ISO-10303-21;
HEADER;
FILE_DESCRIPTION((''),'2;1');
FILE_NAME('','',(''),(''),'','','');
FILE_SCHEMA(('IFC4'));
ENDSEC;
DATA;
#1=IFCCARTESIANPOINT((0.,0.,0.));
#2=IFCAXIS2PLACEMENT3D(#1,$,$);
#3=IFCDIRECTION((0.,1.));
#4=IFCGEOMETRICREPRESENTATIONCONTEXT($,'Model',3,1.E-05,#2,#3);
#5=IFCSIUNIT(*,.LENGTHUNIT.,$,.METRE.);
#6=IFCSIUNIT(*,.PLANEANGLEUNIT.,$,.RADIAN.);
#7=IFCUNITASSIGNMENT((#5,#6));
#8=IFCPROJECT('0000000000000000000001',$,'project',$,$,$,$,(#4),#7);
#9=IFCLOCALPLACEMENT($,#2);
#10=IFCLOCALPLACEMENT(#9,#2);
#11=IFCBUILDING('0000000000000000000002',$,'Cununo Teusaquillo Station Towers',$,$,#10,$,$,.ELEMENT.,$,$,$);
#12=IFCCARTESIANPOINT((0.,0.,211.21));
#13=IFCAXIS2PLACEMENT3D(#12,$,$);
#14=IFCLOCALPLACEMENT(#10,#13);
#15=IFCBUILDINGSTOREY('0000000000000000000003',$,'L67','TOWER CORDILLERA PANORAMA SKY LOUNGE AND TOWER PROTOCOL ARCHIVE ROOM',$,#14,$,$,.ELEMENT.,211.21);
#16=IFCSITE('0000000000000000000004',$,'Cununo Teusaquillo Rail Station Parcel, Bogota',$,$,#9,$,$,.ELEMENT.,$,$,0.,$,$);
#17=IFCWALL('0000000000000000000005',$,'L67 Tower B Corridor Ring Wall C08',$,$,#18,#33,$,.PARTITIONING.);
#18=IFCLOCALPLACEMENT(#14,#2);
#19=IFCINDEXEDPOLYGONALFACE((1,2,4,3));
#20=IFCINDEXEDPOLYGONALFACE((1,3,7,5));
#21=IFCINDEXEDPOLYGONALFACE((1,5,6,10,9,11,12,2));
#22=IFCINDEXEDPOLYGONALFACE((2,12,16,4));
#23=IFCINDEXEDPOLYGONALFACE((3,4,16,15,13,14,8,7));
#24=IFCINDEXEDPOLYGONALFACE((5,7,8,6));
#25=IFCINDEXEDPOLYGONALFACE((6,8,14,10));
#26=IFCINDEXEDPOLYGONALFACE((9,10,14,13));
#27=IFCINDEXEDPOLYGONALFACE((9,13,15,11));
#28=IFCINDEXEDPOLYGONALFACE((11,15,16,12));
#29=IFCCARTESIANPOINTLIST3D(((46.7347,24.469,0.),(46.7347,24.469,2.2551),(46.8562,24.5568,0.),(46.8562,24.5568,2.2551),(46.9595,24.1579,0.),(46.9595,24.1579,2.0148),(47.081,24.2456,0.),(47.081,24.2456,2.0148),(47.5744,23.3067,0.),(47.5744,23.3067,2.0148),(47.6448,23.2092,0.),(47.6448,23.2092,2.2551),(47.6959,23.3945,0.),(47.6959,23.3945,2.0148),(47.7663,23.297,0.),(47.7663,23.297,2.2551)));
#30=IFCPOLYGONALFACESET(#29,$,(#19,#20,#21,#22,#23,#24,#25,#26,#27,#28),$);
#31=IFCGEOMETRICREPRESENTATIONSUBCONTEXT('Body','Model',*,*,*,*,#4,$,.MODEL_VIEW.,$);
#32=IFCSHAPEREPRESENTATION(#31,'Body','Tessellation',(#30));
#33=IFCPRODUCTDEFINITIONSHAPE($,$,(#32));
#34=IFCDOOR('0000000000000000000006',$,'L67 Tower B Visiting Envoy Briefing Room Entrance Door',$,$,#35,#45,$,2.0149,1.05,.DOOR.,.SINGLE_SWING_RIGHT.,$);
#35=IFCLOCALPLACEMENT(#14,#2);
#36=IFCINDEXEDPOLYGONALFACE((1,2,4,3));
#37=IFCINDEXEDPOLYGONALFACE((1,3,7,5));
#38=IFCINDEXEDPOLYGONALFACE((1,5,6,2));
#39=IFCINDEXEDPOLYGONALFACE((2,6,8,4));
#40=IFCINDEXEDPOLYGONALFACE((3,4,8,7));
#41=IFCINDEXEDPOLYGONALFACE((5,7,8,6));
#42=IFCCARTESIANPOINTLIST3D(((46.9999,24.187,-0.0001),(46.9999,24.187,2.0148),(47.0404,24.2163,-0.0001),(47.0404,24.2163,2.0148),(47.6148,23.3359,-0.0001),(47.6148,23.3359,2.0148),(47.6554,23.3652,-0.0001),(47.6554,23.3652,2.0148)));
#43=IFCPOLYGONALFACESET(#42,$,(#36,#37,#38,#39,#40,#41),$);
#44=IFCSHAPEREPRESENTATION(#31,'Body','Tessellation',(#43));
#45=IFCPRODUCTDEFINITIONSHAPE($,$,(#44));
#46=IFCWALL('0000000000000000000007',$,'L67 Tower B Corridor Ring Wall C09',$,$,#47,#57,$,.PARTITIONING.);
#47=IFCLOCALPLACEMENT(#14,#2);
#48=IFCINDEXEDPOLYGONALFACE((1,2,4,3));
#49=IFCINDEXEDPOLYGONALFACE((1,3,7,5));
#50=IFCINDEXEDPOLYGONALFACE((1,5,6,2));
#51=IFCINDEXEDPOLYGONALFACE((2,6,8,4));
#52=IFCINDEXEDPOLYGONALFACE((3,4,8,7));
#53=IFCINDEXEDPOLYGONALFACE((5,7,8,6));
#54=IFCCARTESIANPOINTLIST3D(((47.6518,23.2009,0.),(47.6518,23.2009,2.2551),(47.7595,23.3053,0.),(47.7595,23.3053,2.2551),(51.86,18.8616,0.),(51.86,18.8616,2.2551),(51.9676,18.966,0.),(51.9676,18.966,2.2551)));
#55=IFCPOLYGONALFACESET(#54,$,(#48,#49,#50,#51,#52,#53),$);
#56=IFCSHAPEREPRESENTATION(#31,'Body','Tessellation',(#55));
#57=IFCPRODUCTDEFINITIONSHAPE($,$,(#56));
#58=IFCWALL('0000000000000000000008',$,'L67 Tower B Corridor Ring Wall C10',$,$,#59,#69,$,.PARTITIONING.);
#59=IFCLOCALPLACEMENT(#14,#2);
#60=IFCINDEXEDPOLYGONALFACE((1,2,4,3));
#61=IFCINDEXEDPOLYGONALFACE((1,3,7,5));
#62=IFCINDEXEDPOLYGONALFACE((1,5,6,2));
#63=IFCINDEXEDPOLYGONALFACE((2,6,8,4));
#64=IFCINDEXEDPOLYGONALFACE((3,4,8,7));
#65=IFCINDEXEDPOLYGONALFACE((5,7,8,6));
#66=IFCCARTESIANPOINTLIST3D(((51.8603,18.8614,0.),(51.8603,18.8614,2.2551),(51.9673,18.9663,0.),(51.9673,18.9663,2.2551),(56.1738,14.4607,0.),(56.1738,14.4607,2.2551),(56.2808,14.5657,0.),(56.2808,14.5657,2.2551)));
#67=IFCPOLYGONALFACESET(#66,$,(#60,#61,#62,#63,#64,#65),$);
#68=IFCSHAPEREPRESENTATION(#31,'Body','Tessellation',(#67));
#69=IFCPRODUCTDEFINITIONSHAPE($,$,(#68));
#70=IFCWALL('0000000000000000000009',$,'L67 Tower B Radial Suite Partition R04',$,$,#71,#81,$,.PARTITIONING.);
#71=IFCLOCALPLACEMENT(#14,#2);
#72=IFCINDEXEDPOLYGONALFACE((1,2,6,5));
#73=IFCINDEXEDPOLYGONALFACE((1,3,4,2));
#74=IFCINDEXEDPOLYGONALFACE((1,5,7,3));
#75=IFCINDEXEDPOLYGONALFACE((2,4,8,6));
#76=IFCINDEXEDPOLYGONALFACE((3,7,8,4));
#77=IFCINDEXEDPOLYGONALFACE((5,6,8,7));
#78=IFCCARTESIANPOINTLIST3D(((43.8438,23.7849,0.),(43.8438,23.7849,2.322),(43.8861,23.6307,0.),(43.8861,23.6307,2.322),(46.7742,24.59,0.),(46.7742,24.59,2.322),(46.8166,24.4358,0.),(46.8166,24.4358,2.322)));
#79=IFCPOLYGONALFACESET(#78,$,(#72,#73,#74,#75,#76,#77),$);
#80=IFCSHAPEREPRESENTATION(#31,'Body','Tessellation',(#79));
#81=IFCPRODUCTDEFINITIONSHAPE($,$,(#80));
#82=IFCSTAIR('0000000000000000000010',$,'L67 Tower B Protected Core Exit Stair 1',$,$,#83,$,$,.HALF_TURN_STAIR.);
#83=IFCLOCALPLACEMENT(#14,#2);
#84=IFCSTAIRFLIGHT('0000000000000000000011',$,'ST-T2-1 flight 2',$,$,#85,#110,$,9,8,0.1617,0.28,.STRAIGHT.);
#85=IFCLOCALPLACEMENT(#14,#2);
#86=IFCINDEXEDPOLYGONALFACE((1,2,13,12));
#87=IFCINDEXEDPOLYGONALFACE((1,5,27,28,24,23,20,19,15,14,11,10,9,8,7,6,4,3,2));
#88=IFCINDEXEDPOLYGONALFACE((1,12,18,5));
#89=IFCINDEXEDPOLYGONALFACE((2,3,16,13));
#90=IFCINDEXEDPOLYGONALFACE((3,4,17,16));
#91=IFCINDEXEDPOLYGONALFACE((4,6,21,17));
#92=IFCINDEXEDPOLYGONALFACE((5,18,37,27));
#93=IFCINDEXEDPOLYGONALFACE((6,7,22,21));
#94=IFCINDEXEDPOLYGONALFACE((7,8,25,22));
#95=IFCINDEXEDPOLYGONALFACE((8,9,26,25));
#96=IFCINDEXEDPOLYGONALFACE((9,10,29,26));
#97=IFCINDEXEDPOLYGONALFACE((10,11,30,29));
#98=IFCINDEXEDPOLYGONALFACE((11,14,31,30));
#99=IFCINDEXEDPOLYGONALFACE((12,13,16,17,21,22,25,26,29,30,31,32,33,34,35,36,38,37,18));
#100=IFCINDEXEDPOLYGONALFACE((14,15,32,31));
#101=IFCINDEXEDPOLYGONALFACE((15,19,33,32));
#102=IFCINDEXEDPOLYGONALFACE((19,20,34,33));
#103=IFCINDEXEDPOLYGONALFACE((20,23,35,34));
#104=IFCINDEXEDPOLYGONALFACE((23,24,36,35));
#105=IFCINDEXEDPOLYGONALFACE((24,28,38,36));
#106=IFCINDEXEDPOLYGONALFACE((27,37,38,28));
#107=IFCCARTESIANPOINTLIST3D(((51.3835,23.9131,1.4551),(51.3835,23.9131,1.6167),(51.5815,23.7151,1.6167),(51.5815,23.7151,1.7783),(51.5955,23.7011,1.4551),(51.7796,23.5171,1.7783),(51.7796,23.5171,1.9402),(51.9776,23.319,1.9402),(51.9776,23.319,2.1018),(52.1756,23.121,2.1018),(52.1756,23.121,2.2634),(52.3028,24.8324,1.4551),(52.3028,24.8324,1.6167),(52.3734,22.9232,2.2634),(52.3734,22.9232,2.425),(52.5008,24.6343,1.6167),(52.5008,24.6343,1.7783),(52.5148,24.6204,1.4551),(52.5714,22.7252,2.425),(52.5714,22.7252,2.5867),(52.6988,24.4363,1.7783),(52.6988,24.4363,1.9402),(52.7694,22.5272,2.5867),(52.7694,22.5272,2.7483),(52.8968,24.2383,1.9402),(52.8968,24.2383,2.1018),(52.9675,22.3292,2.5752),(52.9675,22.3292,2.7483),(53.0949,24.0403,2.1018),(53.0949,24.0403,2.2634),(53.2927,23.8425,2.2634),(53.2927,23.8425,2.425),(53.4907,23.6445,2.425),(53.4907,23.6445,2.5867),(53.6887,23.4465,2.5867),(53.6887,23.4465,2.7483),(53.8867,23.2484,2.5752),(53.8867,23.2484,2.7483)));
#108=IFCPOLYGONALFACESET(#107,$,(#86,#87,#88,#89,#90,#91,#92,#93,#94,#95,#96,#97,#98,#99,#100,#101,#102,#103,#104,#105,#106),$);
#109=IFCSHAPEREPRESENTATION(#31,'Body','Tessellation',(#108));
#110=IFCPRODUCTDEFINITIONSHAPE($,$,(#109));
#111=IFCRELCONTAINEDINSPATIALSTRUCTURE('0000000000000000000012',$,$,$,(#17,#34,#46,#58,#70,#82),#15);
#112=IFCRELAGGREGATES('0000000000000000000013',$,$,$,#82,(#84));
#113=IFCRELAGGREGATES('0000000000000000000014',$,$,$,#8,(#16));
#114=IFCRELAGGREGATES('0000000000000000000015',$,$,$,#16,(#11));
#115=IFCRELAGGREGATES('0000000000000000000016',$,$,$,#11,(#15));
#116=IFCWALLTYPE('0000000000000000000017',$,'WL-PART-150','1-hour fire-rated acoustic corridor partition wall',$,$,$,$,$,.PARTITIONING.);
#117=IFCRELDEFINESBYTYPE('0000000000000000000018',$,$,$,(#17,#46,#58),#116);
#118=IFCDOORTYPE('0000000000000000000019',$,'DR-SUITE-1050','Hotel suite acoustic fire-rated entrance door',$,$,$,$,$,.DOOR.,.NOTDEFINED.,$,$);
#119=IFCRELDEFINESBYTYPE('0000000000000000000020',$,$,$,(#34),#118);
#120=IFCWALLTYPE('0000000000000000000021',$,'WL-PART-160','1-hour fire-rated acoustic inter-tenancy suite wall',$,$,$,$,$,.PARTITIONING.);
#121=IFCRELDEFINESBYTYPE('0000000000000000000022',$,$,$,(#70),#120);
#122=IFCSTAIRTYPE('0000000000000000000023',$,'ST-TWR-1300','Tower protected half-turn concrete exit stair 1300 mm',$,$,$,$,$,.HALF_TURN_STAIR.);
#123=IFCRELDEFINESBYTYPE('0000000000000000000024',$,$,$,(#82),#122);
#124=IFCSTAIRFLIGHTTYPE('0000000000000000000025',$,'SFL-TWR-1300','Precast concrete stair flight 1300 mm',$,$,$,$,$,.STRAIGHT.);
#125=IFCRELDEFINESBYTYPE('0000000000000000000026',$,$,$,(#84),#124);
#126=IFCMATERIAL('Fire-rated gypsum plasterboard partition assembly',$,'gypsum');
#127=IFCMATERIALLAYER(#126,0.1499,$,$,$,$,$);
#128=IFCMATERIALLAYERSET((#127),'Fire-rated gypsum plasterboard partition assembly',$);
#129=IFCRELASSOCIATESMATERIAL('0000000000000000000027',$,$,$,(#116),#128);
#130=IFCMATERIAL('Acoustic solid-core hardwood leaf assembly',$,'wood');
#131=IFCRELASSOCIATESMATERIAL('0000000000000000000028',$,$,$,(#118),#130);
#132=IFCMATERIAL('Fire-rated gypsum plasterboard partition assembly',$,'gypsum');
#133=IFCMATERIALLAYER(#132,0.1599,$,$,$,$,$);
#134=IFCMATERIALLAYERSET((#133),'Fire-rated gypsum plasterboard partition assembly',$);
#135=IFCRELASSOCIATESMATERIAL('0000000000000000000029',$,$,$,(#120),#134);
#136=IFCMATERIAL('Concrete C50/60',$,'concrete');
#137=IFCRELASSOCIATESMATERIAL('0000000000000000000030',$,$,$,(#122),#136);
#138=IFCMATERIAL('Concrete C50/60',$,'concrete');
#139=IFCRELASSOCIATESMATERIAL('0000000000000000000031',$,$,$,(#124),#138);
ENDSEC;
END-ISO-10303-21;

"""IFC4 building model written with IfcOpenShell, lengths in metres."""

from ifc_helpers import new_model, si_unit, direction, frame, frame_2d, origin, place, context, subcontext, project, spatial, polyline, rectangle, outline, extrude, source, transform, mapped, material, layer, layer_set, type_object, element, fill, aggregate, save


model = new_model("IFC4")

# Units and contexts
model_context = context("Model", 3, precision=1e-05, world=origin(), true_north=direction((0.0, 1.0)))
body_context = subcontext(model_context, "Body", "Model", "MODEL_VIEW")
ifc_project = project(units=[si_unit("LENGTHUNIT", "METRE"), si_unit("PLANEANGLEUNIT", "RADIAN")], contexts=[model_context])

# Site, building, storey
site_placement = place(None, origin())
site = spatial("IfcSite", under=ifc_project, at=site_placement, Name="Cununo Teusaquillo Rail Station Parcel, Bogota", CompositionType="ELEMENT", RefElevation=0.0)
building_placement = place(site_placement, origin())
building = spatial("IfcBuilding", under=site, at=building_placement, Name="Cununo Teusaquillo Station Towers", CompositionType="ELEMENT")
storey_placement = place(building_placement, frame((0.0, 0.0, 211.21)))
storey = spatial("IfcBuildingStorey", under=building, at=storey_placement, Name="L67", Description="TOWER CORDILLERA PANORAMA SKY LOUNGE AND TOWER PROTOCOL ARCHIVE ROOM", CompositionType="ELEMENT", Elevation=211.21)

# Wall, opening, door
ifc_material_1 = material(Name="Fire-rated gypsum plasterboard partition assembly", Category="gypsum")
ifc_layer_1 = layer(ifc_material_1, 0.1499)
ifc_layer_set_1 = layer_set([ifc_layer_1], Name="Fire-rated gypsum plasterboard partition assembly")
wall_type_1 = type_object("IfcWallType", Name="WL-PART-150", Description="1-hour fire-rated acoustic corridor partition wall", PredefinedType="PARTITIONING", material=ifc_layer_set_1)
wall_1_placement = place(storey_placement, frame((46.7954, 24.5129, 0.0), z_axis=(0.0, 0.0, 1.0), x_axis=(0.585628, -0.81058, 0.0)))
wall_1 = element("IfcWall", 1, at=wall_1_placement, inside=storey, type_object=wall_type_1, Name="L67 Tower B Corridor Ring Wall C08", PredefinedType="PARTITIONING", context=body_context, shape_type="SweptSolid", body=[
    extrude(rectangle(XDim=1.5542, YDim=0.1499, at=frame_2d((0.7771, 0.0))), origin(), (0.0, 0.0, 1.0), 2.2551),
])
shared_shape_1 = source(origin(), body_context, "Body", "SweptSolid", [
    extrude(rectangle(XDim=1.05, YDim=2.0149, at=frame_2d((0.5249, 1.0073))), frame((0.0, 0.085, 0.0), z_axis=(0.0, -1.0, 0.0), x_axis=(1.0, 0.0, 0.0)), (0.0, 0.0, 1.0), 0.1699),
])
opening_1_placement = place(wall_1_placement, frame((0.384, 0.0, 0.0)))
opening_1 = element("IfcOpeningElement", 2, at=opening_1_placement, cuts=wall_1, PredefinedType="OPENING", context=body_context, shape_type="MappedRepresentation", body=[
    mapped(shared_shape_1, transform((0.0, 0.0, 0.0), x_axis=(1.0, 0.0, 0.0), y_axis=(0.0, 1.0, 0.0), z_axis=(0.0, 0.0, 1.0), scale=1.0)),
])
ifc_material_2 = material(Name="Acoustic solid-core hardwood leaf assembly", Category="wood")
door_type_1 = type_object("IfcDoorType", Name="DR-SUITE-1050", Description="Hotel suite acoustic fire-rated entrance door", OperationType="NOTDEFINED", PredefinedType="DOOR", material=ifc_material_2)
shared_shape_2 = source(origin(), body_context, "Body", "SweptSolid", [
    extrude(rectangle(XDim=1.05, YDim=2.0149, at=frame_2d((0.5249, 1.0073))), frame((0.0, 0.0249, 0.0), z_axis=(0.0, -1.0, 0.0), x_axis=(1.0, 0.0, 0.0)), (0.0, 0.0, 1.0), 0.05),
])
door_1_placement = place(opening_1_placement, origin())
door_1 = element("IfcDoor", 3, at=door_1_placement, inside=storey, type_object=door_type_1, Name="L67 Tower B Visiting Envoy Briefing Room Entrance Door", OperationType="SINGLE_SWING_RIGHT", OverallHeight=2.0149, OverallWidth=1.05, PredefinedType="DOOR", context=body_context, shape_type="MappedRepresentation", body=[
    mapped(shared_shape_2, transform((0.0, 0.0, 0.0), x_axis=(1.0, 0.0, 0.0), y_axis=(0.0, 1.0, 0.0), z_axis=(0.0, 0.0, 1.0), scale=1.0)),
])
fill(opening_1, door_1)

# Walls
wall_2_placement = place(storey_placement, frame((47.7056, 23.2532, 0.0), z_axis=(0.0, 0.0, 1.0), x_axis=(0.696179, -0.717868, 0.0)))
element("IfcWall", 4, at=wall_2_placement, inside=storey, type_object=wall_type_1, Name="L67 Tower B Corridor Ring Wall C09", PredefinedType="PARTITIONING", context=body_context, shape_type="SweptSolid", body=[
    extrude(rectangle(XDim=6.0447, YDim=0.1499, at=frame_2d((3.0225, 0.0))), origin(), (0.0, 0.0, 1.0), 2.2551),
])
wall_3_placement = place(storey_placement, frame((51.9138, 18.9138, 0.0), z_axis=(0.0, 0.0, 1.0), x_axis=(0.699999, -0.714144, 0.0)))
element("IfcWall", 5, at=wall_3_placement, inside=storey, type_object=wall_type_1, Name="L67 Tower B Corridor Ring Wall C10", PredefinedType="PARTITIONING", context=body_context, shape_type="SweptSolid", body=[
    extrude(rectangle(XDim=6.1621, YDim=0.1499, at=frame_2d((3.0811, 0.0))), origin(), (0.0, 0.0, 1.0), 2.2551),
])
ifc_material_3 = material(Name="Fire-rated gypsum plasterboard partition assembly", Category="gypsum")
ifc_layer_2 = layer(ifc_material_3, 0.1599)
ifc_layer_set_2 = layer_set([ifc_layer_2], Name="Fire-rated gypsum plasterboard partition assembly")
wall_type_2 = type_object("IfcWallType", Name="WL-PART-160", Description="1-hour fire-rated acoustic inter-tenancy suite wall", PredefinedType="PARTITIONING", material=ifc_layer_set_2)
wall_4_placement = place(storey_placement, frame((46.7954, 24.5129, 0.0), z_axis=(0.0, 0.0, 1.0), x_axis=(-0.964263, -0.264945, 0.0)))
element("IfcWall", 6, at=wall_4_placement, inside=storey, type_object=wall_type_2, Name="L67 Tower B Radial Suite Partition R04", PredefinedType="PARTITIONING", context=body_context, shape_type="SweptSolid", body=[
    extrude(rectangle(XDim=3.0391, YDim=0.1599, at=frame_2d((1.5195, 0.0))), origin(), (0.0, 0.0, 1.0), 2.322),
])

# Stair, stair flight
ifc_material_4 = material(Name="Concrete C50/60", Category="concrete")
stair_type = type_object("IfcStairType", Name="ST-TWR-1300", Description="Tower protected half-turn concrete exit stair 1300 mm", PredefinedType="HALF_TURN_STAIR", material=ifc_material_4)
stair_placement = place(storey_placement, origin())
stair = element("IfcStair", 7, at=stair_placement, inside=storey, type_object=stair_type, Name="L67 Tower B Protected Core Exit Stair 1", PredefinedType="HALF_TURN_STAIR")
ifc_material_5 = material(Name="Concrete C50/60", Category="concrete")
stair_flight_type = type_object("IfcStairFlightType", Name="SFL-TWR-1300", Description="Precast concrete stair flight 1300 mm", PredefinedType="STRAIGHT", material=ifc_material_5)
stair_flight_placement = place(storey_placement, frame((51.8433, 24.3728, 1.4551), z_axis=(0.0, 0.0, 1.0), x_axis=(0.707107, -0.707107, 0.0)))
stair_flight = element("IfcStairFlight", 8, at=stair_flight_placement, type_object=stair_flight_type, Name="ST-T2-1 flight 2", NumberOfRisers=9, NumberOfTreads=8, PredefinedType="STRAIGHT", RiserHeight=0.1617, TreadLength=0.28, context=body_context, shape_type="SweptSolid", body=[
    extrude(outline(polyline([(0.0, 0.0), (0.0, 0.1616), (0.28, 0.1616), (0.28, 0.3232), (0.5601, 0.3232), (0.5601, 0.4851), (0.8401, 0.4851), (0.8401, 0.6467), (1.1201, 0.6467), (1.1201, 0.8083), (1.3999, 0.8083), (1.3999, 0.97), (1.6799, 0.97), (1.6799, 1.1316), (1.96, 1.1316), (1.96, 1.2932), (2.24, 1.2932), (2.24, 1.4551), (2.24, 1.1201), (0.2998, 0.0), (0.0, 0.0)])), frame((0.0, 0.6499, 0.0), z_axis=(0.0, -1.0, 0.0), x_axis=(1.0, 0.0, 0.0)), (0.0, 0.0, 1.0), 1.3),
])
aggregate(stair, [stair_flight])

save(model, "model.ifc")
